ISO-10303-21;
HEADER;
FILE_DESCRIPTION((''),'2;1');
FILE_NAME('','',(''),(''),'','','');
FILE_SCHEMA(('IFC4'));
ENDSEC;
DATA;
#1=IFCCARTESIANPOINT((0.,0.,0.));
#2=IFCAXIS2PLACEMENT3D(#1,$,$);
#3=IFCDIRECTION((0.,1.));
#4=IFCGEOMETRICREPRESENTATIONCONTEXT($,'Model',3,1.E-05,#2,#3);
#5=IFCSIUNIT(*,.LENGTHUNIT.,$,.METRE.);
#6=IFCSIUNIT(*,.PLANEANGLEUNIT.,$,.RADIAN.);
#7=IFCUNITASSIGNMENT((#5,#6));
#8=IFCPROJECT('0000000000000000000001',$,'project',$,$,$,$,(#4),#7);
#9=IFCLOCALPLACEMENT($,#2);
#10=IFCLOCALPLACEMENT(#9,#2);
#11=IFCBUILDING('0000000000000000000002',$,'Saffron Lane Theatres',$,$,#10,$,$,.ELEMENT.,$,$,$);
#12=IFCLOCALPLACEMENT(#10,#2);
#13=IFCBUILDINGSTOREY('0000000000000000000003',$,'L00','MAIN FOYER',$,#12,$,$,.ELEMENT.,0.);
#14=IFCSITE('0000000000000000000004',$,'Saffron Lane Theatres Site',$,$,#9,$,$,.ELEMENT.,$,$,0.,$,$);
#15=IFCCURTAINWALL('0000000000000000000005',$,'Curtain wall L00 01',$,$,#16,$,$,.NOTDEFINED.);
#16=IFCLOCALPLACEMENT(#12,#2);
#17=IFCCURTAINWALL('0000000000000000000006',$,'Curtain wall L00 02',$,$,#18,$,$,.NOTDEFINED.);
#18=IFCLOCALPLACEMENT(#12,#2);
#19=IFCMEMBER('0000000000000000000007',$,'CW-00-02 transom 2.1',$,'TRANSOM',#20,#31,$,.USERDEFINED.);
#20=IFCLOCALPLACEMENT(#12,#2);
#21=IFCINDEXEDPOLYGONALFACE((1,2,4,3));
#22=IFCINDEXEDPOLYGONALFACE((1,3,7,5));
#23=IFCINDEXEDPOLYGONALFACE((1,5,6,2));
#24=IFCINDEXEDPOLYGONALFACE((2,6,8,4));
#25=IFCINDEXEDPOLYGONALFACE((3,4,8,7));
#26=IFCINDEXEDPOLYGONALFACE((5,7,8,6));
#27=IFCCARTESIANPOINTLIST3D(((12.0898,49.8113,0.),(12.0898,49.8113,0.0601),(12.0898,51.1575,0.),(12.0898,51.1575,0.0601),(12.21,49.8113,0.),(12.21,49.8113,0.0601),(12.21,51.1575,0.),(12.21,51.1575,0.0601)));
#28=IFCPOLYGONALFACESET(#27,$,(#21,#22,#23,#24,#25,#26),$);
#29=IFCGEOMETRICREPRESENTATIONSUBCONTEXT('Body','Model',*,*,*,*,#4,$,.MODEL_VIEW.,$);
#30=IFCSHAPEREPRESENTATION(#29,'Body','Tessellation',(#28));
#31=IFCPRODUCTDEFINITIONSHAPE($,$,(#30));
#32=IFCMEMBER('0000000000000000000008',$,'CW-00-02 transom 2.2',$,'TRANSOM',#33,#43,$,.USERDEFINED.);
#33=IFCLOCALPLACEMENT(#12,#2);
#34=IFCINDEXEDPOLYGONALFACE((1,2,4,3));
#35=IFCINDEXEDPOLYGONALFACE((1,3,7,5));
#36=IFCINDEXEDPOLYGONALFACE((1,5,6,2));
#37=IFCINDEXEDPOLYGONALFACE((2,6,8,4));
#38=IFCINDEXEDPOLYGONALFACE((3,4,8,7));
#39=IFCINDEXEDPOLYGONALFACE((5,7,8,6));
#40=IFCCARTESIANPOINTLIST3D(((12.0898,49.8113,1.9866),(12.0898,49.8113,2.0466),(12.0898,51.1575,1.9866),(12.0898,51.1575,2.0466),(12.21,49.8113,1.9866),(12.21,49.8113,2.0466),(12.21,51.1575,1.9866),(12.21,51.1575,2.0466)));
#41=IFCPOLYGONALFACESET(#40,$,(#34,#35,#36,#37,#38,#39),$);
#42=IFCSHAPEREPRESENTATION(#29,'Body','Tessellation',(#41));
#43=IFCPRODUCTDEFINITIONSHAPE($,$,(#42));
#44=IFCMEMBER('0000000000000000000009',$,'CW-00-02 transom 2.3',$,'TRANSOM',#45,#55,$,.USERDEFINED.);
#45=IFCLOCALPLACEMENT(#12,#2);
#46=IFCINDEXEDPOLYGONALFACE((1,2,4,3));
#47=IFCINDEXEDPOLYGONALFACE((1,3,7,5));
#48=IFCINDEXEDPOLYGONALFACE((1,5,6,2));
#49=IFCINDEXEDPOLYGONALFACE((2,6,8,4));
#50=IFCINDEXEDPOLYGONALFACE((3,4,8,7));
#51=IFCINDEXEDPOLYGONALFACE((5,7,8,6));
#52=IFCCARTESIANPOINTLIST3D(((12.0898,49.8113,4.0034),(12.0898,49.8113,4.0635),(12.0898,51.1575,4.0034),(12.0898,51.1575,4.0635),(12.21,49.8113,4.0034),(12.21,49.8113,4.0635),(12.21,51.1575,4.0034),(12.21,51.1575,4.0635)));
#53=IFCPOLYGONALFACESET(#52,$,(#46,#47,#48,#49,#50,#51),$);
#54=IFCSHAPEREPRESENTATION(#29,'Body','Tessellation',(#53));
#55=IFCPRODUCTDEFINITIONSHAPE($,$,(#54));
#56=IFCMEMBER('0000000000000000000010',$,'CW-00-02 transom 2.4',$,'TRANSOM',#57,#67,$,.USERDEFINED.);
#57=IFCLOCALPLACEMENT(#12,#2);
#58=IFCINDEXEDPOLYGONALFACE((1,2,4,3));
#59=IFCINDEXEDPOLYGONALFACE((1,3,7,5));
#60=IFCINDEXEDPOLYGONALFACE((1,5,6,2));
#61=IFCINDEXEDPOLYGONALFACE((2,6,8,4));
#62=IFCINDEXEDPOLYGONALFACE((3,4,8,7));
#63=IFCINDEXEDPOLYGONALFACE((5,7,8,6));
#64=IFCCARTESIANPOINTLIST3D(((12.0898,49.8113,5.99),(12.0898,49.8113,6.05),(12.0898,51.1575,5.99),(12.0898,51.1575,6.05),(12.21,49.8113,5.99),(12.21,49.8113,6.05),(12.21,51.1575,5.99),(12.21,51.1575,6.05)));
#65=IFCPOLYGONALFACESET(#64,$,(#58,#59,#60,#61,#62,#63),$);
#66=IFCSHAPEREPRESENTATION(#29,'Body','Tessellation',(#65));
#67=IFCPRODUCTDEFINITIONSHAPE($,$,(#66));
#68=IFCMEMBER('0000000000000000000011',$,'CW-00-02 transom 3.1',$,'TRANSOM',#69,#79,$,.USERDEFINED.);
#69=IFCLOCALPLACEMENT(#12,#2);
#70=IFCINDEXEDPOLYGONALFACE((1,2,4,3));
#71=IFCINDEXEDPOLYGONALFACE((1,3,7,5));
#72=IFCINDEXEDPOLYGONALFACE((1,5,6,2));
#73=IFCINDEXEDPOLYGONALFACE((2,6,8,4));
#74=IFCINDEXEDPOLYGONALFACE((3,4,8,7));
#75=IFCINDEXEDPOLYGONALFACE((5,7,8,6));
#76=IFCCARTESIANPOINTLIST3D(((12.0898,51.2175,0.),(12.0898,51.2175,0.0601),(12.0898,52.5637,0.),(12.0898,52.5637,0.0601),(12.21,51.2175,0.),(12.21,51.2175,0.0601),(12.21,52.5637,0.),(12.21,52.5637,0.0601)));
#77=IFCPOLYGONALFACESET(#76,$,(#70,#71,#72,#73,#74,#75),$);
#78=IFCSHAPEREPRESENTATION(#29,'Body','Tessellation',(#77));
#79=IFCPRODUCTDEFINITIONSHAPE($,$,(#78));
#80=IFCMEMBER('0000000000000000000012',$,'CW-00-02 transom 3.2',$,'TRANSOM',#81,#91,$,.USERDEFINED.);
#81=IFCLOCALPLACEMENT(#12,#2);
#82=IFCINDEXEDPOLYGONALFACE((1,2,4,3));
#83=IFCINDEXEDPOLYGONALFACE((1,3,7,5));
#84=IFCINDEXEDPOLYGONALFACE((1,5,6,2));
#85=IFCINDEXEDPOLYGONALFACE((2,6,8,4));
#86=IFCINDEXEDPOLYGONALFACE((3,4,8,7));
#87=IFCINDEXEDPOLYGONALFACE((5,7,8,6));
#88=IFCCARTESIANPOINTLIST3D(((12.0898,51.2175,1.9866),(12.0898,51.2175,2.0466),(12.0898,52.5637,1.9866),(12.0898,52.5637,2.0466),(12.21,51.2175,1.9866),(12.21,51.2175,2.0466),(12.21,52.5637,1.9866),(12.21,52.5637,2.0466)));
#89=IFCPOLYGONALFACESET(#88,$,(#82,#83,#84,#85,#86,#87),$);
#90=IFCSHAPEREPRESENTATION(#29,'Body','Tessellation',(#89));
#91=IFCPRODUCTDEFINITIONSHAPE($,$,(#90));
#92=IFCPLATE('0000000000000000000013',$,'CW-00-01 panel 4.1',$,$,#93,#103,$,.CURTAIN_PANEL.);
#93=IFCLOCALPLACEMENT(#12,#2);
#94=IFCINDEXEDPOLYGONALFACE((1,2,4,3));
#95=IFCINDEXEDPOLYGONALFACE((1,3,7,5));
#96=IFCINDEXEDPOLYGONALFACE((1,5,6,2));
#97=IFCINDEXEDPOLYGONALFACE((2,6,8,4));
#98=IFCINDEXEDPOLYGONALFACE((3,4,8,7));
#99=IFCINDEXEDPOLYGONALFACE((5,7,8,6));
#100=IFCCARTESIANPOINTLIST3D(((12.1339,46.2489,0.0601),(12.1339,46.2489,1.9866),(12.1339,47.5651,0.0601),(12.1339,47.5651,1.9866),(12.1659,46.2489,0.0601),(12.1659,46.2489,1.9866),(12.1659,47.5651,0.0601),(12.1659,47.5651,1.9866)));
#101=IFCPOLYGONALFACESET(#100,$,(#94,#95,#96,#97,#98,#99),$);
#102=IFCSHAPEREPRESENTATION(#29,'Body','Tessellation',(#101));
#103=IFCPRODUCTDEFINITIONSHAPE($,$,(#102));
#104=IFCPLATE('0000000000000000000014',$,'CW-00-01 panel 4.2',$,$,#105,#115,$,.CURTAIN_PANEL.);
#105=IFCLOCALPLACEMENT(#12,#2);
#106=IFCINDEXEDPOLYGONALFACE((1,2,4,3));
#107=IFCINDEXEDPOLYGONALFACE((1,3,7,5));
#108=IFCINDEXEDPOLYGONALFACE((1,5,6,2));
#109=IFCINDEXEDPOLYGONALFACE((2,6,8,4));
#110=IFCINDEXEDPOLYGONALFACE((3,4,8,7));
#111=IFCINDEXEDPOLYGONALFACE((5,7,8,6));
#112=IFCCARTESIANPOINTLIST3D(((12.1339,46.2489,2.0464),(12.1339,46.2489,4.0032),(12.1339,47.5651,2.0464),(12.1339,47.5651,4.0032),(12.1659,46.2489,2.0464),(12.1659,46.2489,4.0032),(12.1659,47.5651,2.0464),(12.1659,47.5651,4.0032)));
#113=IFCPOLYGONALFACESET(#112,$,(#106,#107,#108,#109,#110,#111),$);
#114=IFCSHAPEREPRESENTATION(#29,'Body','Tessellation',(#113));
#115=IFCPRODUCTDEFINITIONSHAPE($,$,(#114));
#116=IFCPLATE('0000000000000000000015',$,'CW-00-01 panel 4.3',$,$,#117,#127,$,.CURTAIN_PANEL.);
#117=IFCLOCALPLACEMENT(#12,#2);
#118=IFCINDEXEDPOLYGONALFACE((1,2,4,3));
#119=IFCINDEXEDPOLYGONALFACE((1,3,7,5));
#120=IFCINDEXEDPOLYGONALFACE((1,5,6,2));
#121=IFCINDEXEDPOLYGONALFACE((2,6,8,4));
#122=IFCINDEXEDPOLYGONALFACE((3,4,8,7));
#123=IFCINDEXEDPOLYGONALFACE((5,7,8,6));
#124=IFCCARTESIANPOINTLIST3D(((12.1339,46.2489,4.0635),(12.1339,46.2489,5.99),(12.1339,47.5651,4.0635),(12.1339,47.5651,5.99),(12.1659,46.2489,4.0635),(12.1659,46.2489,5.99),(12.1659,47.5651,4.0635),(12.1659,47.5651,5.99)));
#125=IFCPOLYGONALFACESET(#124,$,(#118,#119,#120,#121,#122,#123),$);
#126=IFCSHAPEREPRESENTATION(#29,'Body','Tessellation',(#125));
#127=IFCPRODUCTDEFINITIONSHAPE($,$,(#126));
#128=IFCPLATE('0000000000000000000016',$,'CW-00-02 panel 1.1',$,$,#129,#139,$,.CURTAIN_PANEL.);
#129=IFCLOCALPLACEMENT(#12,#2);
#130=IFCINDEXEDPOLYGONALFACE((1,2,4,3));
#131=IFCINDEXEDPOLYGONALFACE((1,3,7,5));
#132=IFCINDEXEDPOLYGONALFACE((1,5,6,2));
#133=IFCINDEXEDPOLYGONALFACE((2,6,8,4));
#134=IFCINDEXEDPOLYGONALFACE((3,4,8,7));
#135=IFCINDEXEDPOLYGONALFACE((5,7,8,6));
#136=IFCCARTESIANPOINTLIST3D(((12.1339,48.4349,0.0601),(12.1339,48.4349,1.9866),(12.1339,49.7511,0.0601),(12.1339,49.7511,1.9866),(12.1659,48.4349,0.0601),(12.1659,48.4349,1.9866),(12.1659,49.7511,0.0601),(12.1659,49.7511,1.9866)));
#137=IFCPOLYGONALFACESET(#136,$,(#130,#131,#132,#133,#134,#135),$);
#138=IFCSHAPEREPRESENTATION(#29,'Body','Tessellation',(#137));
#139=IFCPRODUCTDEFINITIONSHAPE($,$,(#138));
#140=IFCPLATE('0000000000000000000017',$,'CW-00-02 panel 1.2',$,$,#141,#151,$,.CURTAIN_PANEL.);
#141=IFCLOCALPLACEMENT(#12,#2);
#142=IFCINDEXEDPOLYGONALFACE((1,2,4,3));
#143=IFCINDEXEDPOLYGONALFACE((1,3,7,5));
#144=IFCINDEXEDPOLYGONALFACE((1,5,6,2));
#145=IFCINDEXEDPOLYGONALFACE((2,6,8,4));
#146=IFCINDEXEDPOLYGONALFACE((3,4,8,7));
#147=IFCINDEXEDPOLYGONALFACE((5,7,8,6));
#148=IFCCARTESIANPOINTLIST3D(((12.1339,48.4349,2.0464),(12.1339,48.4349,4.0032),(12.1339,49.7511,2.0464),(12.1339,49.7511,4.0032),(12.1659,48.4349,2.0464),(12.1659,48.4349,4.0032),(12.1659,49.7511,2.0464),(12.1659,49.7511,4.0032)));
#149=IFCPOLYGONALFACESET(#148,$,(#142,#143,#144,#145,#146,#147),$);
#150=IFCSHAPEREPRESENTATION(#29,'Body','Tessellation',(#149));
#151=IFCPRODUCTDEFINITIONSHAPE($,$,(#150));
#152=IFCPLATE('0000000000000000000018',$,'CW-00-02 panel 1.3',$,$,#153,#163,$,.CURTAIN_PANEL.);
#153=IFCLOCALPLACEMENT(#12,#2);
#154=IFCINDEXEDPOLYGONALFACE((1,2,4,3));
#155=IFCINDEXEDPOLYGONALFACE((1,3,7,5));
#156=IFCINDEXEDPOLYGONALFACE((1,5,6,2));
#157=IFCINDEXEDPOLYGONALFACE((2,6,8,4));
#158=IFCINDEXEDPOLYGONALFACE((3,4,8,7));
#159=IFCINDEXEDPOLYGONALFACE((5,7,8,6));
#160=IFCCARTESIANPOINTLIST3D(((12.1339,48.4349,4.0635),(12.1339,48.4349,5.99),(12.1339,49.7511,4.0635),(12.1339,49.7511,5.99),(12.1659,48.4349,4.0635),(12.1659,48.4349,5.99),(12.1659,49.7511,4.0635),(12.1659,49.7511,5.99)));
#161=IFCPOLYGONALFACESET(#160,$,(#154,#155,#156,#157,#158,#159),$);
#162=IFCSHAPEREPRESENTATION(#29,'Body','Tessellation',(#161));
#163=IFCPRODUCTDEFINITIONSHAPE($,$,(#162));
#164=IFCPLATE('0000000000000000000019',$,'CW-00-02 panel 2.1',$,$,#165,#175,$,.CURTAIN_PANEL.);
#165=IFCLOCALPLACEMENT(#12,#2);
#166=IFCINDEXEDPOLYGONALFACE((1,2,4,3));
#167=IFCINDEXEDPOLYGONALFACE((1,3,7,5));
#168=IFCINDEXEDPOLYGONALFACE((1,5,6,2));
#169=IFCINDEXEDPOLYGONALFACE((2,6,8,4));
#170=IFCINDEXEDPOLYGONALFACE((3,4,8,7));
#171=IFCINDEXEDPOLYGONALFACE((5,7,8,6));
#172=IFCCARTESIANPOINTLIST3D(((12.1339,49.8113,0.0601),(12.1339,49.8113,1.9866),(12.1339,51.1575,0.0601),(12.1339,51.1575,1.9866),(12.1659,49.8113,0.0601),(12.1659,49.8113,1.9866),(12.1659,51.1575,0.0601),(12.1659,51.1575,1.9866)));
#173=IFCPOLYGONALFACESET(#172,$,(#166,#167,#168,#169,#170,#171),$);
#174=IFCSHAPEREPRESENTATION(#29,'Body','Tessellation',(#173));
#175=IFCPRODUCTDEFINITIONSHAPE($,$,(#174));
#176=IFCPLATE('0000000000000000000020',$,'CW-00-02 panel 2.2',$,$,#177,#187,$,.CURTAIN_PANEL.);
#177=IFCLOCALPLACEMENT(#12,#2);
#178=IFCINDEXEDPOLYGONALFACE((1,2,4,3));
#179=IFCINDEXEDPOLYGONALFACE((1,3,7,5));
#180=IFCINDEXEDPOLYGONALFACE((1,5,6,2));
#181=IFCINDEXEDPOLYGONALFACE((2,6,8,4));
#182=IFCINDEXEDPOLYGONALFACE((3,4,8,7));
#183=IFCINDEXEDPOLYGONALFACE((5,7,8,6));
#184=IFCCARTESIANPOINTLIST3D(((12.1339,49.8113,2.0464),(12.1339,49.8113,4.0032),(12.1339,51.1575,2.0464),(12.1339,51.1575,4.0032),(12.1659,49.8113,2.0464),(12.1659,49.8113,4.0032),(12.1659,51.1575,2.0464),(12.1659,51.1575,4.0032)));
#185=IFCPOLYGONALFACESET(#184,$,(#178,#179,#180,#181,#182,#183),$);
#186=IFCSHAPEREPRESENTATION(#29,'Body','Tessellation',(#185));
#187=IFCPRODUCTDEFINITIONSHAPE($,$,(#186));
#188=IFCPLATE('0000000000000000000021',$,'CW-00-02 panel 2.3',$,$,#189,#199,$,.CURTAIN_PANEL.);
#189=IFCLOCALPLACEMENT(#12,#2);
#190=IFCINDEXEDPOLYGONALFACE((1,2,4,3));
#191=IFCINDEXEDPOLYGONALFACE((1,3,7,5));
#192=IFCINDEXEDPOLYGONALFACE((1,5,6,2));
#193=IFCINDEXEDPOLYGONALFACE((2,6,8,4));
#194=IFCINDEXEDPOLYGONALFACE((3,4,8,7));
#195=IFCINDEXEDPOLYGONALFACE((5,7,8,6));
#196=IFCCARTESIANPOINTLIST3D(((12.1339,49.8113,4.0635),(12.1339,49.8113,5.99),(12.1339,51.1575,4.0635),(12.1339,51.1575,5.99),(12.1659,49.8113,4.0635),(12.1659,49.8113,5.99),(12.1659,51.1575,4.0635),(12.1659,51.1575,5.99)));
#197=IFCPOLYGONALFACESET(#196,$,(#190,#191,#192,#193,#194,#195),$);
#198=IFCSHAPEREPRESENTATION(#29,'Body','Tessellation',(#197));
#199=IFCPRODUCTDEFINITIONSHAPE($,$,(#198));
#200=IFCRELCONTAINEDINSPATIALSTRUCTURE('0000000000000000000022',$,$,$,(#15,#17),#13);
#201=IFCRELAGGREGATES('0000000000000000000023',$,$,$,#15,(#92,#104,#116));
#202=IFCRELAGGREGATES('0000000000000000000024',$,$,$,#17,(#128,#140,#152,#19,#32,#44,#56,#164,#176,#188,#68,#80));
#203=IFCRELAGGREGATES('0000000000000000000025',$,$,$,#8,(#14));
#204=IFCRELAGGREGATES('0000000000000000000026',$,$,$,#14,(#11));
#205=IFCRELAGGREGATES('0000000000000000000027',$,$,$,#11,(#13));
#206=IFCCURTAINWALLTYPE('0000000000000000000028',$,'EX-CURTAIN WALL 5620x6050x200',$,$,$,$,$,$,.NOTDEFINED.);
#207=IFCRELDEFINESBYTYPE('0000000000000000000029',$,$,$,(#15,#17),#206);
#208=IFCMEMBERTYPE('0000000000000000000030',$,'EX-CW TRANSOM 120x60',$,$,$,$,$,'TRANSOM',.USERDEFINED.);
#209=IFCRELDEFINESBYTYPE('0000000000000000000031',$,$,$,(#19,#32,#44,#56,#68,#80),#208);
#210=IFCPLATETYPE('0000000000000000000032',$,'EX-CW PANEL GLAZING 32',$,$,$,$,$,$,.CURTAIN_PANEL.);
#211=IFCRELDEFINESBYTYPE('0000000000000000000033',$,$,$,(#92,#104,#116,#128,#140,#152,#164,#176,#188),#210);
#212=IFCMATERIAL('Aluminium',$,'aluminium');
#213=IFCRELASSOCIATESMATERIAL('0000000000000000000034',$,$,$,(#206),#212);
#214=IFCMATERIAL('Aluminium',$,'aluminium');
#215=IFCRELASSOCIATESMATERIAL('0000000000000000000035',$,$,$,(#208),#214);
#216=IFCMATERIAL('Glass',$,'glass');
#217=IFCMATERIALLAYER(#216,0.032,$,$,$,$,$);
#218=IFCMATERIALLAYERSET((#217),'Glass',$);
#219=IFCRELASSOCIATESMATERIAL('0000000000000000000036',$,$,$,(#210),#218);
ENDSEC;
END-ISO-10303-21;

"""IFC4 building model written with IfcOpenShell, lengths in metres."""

from ifc_helpers import new_model, si_unit, direction, frame, origin, origin_2d, place, context, subcontext, project, spatial, rectangle, extrude, material, layer, layer_set, material_profile, profile_set, type_object, element, aggregate, save


model = new_model("IFC4")

# Units and contexts
model_context = context("Model", 3, precision=1e-05, world=origin(), true_north=direction((0.0, 1.0)))
body_context = subcontext(model_context, "Body", "Model", "MODEL_VIEW")
ifc_project = project(units=[si_unit("LENGTHUNIT", "METRE"), si_unit("PLANEANGLEUNIT", "RADIAN")], contexts=[model_context])

# Site, building, storey
site_placement = place(None, origin())
site = spatial("IfcSite", under=ifc_project, at=site_placement, Name="Saffron Lane Theatres Site", CompositionType="ELEMENT", RefElevation=0.0)
building_placement = place(site_placement, origin())
building = spatial("IfcBuilding", under=site, at=building_placement, Name="Saffron Lane Theatres", CompositionType="ELEMENT")
storey_placement = place(building_placement, origin())
storey = spatial("IfcBuildingStorey", under=building, at=storey_placement, Name="L00", Description="MAIN FOYER", CompositionType="ELEMENT", Elevation=0.0)

# Curtain walls
ifc_material_1 = material(Name="Aluminium", Category="aluminium")
curtain_wall_type = type_object("IfcCurtainWallType", Name="EX-CURTAIN WALL 5620x6050x200", PredefinedType="NOTDEFINED", material=ifc_material_1)
curtain_wall_1_placement = place(storey_placement, origin())
curtain_wall_1 = element("IfcCurtainWall", 1, at=curtain_wall_1_placement, inside=storey, type_object=curtain_wall_type, Name="Curtain wall L00 01", PredefinedType="NOTDEFINED")
curtain_wall_2_placement = place(storey_placement, origin())
curtain_wall_2 = element("IfcCurtainWall", 2, at=curtain_wall_2_placement, inside=storey, type_object=curtain_wall_type, Name="Curtain wall L00 02", PredefinedType="NOTDEFINED")

# Members
ifc_material_2 = material(Name="Aluminium", Category="aluminium")
ifc_material_profile_1 = material_profile(ifc_material_2, rectangle(XDim=0.1201, YDim=0.0601, at=origin_2d()))
ifc_profile_set_1 = profile_set([ifc_material_profile_1], Name="Aluminium")
member_type_1 = type_object("IfcMemberType", Name="EX-CW TRANSOM 120x60", ElementType="TRANSOM", PredefinedType="USERDEFINED", material=ifc_profile_set_1)
member_1_placement = place(storey_placement, frame((12.1499, 49.8113, 0.03), z_axis=(0.0, 1.0, 0.0), x_axis=(-1.0, 0.0, 0.0)))
member_1 = element("IfcMember", 3, at=member_1_placement, type_object=member_type_1, Name="CW-00-02 transom 2.1", ObjectType="TRANSOM", PredefinedType="USERDEFINED", context=body_context, shape_type="SweptSolid", body=[
    extrude(rectangle(XDim=0.1201, YDim=0.0601, at=origin_2d()), origin(), (0.0, 0.0, 1.0), 1.3462),
])
member_2_placement = place(storey_placement, frame((12.1499, 49.8113, 2.0166), z_axis=(0.0, 1.0, 0.0), x_axis=(-1.0, 0.0, 0.0)))
member_2 = element("IfcMember", 4, at=member_2_placement, type_object=member_type_1, Name="CW-00-02 transom 2.2", ObjectType="TRANSOM", PredefinedType="USERDEFINED", context=body_context, shape_type="SweptSolid", body=[
    extrude(rectangle(XDim=0.1201, YDim=0.0601, at=origin_2d()), origin(), (0.0, 0.0, 1.0), 1.3462),
])
member_3_placement = place(storey_placement, frame((12.1499, 49.8113, 4.0334), z_axis=(0.0, 1.0, 0.0), x_axis=(-1.0, 0.0, 0.0)))
member_3 = element("IfcMember", 5, at=member_3_placement, type_object=member_type_1, Name="CW-00-02 transom 2.3", ObjectType="TRANSOM", PredefinedType="USERDEFINED", context=body_context, shape_type="SweptSolid", body=[
    extrude(rectangle(XDim=0.1201, YDim=0.0601, at=origin_2d()), origin(), (0.0, 0.0, 1.0), 1.3462),
])
member_4_placement = place(storey_placement, frame((12.1499, 49.8113, 6.02), z_axis=(0.0, 1.0, 0.0), x_axis=(-1.0, 0.0, 0.0)))
member_4 = element("IfcMember", 6, at=member_4_placement, type_object=member_type_1, Name="CW-00-02 transom 2.4", ObjectType="TRANSOM", PredefinedType="USERDEFINED", context=body_context, shape_type="SweptSolid", body=[
    extrude(rectangle(XDim=0.1201, YDim=0.0601, at=origin_2d()), origin(), (0.0, 0.0, 1.0), 1.3462),
])
member_5_placement = place(storey_placement, frame((12.1499, 51.2175, 0.03), z_axis=(0.0, 1.0, 0.0), x_axis=(-1.0, 0.0, 0.0)))
member_5 = element("IfcMember", 7, at=member_5_placement, type_object=member_type_1, Name="CW-00-02 transom 3.1", ObjectType="TRANSOM", PredefinedType="USERDEFINED", context=body_context, shape_type="SweptSolid", body=[
    extrude(rectangle(XDim=0.1201, YDim=0.0601, at=origin_2d()), origin(), (0.0, 0.0, 1.0), 1.3462),
])
member_6_placement = place(storey_placement, frame((12.1499, 51.2175, 2.0166), z_axis=(0.0, 1.0, 0.0), x_axis=(-1.0, 0.0, 0.0)))
member_6 = element("IfcMember", 8, at=member_6_placement, type_object=member_type_1, Name="CW-00-02 transom 3.2", ObjectType="TRANSOM", PredefinedType="USERDEFINED", context=body_context, shape_type="SweptSolid", body=[
    extrude(rectangle(XDim=0.1201, YDim=0.0601, at=origin_2d()), origin(), (0.0, 0.0, 1.0), 1.3462),
])

# Plates
ifc_material_3 = material(Name="Glass", Category="glass")
ifc_layer_1 = layer(ifc_material_3, 0.032)
ifc_layer_set_1 = layer_set([ifc_layer_1], Name="Glass")
plate_type = type_object("IfcPlateType", Name="EX-CW PANEL GLAZING 32", PredefinedType="CURTAIN_PANEL", material=ifc_layer_set_1)
plate_1_placement = place(storey_placement, frame((12.1499, 46.907, 0.0601), z_axis=(0.0, 0.0, 1.0), x_axis=(0.0, 1.0, 0.0)))
plate_1 = element("IfcPlate", 9, at=plate_1_placement, type_object=plate_type, Name="CW-00-01 panel 4.1", PredefinedType="CURTAIN_PANEL", context=body_context, shape_type="SweptSolid", body=[
    extrude(rectangle(XDim=1.3162, YDim=0.032, at=origin_2d()), origin(), (0.0, 0.0, 1.0), 1.9265),
])
plate_2_placement = place(storey_placement, frame((12.1499, 46.907, 2.0464), z_axis=(0.0, 0.0, 1.0), x_axis=(0.0, 1.0, 0.0)))
plate_2 = element("IfcPlate", 10, at=plate_2_placement, type_object=plate_type, Name="CW-00-01 panel 4.2", PredefinedType="CURTAIN_PANEL", context=body_context, shape_type="SweptSolid", body=[
    extrude(rectangle(XDim=1.3162, YDim=0.032, at=origin_2d()), origin(), (0.0, 0.0, 1.0), 1.9568),
])
plate_3_placement = place(storey_placement, frame((12.1499, 46.907, 4.0635), z_axis=(0.0, 0.0, 1.0), x_axis=(0.0, 1.0, 0.0)))
plate_3 = element("IfcPlate", 11, at=plate_3_placement, type_object=plate_type, Name="CW-00-01 panel 4.3", PredefinedType="CURTAIN_PANEL", context=body_context, shape_type="SweptSolid", body=[
    extrude(rectangle(XDim=1.3162, YDim=0.032, at=origin_2d()), origin(), (0.0, 0.0, 1.0), 1.9265),
])
aggregate(curtain_wall_1, [plate_1, plate_2, plate_3])
plate_4_placement = place(storey_placement, frame((12.1499, 49.093, 0.0601), z_axis=(0.0, 0.0, 1.0), x_axis=(0.0, 1.0, 0.0)))
plate_4 = element("IfcPlate", 12, at=plate_4_placement, type_object=plate_type, Name="CW-00-02 panel 1.1", PredefinedType="CURTAIN_PANEL", context=body_context, shape_type="SweptSolid", body=[
    extrude(rectangle(XDim=1.3162, YDim=0.032, at=origin_2d()), origin(), (0.0, 0.0, 1.0), 1.9265),
])
plate_5_placement = place(storey_placement, frame((12.1499, 49.093, 2.0464), z_axis=(0.0, 0.0, 1.0), x_axis=(0.0, 1.0, 0.0)))
plate_5 = element("IfcPlate", 13, at=plate_5_placement, type_object=plate_type, Name="CW-00-02 panel 1.2", PredefinedType="CURTAIN_PANEL", context=body_context, shape_type="SweptSolid", body=[
    extrude(rectangle(XDim=1.3162, YDim=0.032, at=origin_2d()), origin(), (0.0, 0.0, 1.0), 1.9568),
])
plate_6_placement = place(storey_placement, frame((12.1499, 49.093, 4.0635), z_axis=(0.0, 0.0, 1.0), x_axis=(0.0, 1.0, 0.0)))
plate_6 = element("IfcPlate", 14, at=plate_6_placement, type_object=plate_type, Name="CW-00-02 panel 1.3", PredefinedType="CURTAIN_PANEL", context=body_context, shape_type="SweptSolid", body=[
    extrude(rectangle(XDim=1.3162, YDim=0.032, at=origin_2d()), origin(), (0.0, 0.0, 1.0), 1.9265),
])
plate_7_placement = place(storey_placement, frame((12.1499, 50.4844, 0.0601), z_axis=(0.0, 0.0, 1.0), x_axis=(0.0, 1.0, 0.0)))
plate_7 = element("IfcPlate", 15, at=plate_7_placement, type_object=plate_type, Name="CW-00-02 panel 2.1", PredefinedType="CURTAIN_PANEL", context=body_context, shape_type="SweptSolid", body=[
    extrude(rectangle(XDim=1.3462, YDim=0.032, at=origin_2d()), origin(), (0.0, 0.0, 1.0), 1.9265),
])
plate_8_placement = place(storey_placement, frame((12.1499, 50.4844, 2.0464), z_axis=(0.0, 0.0, 1.0), x_axis=(0.0, 1.0, 0.0)))
plate_8 = element("IfcPlate", 16, at=plate_8_placement, type_object=plate_type, Name="CW-00-02 panel 2.2", PredefinedType="CURTAIN_PANEL", context=body_context, shape_type="SweptSolid", body=[
    extrude(rectangle(XDim=1.3462, YDim=0.032, at=origin_2d()), origin(), (0.0, 0.0, 1.0), 1.9568),
])
plate_9_placement = place(storey_placement, frame((12.1499, 50.4844, 4.0635), z_axis=(0.0, 0.0, 1.0), x_axis=(0.0, 1.0, 0.0)))
plate_9 = element("IfcPlate", 17, at=plate_9_placement, type_object=plate_type, Name="CW-00-02 panel 2.3", PredefinedType="CURTAIN_PANEL", context=body_context, shape_type="SweptSolid", body=[
    extrude(rectangle(XDim=1.3462, YDim=0.032, at=origin_2d()), origin(), (0.0, 0.0, 1.0), 1.9265),
])
aggregate(curtain_wall_2, [plate_4, plate_5, plate_6, member_1, member_2, member_3, member_4, plate_7, plate_8, plate_9, member_5, member_6])

save(model, "model.ifc")
